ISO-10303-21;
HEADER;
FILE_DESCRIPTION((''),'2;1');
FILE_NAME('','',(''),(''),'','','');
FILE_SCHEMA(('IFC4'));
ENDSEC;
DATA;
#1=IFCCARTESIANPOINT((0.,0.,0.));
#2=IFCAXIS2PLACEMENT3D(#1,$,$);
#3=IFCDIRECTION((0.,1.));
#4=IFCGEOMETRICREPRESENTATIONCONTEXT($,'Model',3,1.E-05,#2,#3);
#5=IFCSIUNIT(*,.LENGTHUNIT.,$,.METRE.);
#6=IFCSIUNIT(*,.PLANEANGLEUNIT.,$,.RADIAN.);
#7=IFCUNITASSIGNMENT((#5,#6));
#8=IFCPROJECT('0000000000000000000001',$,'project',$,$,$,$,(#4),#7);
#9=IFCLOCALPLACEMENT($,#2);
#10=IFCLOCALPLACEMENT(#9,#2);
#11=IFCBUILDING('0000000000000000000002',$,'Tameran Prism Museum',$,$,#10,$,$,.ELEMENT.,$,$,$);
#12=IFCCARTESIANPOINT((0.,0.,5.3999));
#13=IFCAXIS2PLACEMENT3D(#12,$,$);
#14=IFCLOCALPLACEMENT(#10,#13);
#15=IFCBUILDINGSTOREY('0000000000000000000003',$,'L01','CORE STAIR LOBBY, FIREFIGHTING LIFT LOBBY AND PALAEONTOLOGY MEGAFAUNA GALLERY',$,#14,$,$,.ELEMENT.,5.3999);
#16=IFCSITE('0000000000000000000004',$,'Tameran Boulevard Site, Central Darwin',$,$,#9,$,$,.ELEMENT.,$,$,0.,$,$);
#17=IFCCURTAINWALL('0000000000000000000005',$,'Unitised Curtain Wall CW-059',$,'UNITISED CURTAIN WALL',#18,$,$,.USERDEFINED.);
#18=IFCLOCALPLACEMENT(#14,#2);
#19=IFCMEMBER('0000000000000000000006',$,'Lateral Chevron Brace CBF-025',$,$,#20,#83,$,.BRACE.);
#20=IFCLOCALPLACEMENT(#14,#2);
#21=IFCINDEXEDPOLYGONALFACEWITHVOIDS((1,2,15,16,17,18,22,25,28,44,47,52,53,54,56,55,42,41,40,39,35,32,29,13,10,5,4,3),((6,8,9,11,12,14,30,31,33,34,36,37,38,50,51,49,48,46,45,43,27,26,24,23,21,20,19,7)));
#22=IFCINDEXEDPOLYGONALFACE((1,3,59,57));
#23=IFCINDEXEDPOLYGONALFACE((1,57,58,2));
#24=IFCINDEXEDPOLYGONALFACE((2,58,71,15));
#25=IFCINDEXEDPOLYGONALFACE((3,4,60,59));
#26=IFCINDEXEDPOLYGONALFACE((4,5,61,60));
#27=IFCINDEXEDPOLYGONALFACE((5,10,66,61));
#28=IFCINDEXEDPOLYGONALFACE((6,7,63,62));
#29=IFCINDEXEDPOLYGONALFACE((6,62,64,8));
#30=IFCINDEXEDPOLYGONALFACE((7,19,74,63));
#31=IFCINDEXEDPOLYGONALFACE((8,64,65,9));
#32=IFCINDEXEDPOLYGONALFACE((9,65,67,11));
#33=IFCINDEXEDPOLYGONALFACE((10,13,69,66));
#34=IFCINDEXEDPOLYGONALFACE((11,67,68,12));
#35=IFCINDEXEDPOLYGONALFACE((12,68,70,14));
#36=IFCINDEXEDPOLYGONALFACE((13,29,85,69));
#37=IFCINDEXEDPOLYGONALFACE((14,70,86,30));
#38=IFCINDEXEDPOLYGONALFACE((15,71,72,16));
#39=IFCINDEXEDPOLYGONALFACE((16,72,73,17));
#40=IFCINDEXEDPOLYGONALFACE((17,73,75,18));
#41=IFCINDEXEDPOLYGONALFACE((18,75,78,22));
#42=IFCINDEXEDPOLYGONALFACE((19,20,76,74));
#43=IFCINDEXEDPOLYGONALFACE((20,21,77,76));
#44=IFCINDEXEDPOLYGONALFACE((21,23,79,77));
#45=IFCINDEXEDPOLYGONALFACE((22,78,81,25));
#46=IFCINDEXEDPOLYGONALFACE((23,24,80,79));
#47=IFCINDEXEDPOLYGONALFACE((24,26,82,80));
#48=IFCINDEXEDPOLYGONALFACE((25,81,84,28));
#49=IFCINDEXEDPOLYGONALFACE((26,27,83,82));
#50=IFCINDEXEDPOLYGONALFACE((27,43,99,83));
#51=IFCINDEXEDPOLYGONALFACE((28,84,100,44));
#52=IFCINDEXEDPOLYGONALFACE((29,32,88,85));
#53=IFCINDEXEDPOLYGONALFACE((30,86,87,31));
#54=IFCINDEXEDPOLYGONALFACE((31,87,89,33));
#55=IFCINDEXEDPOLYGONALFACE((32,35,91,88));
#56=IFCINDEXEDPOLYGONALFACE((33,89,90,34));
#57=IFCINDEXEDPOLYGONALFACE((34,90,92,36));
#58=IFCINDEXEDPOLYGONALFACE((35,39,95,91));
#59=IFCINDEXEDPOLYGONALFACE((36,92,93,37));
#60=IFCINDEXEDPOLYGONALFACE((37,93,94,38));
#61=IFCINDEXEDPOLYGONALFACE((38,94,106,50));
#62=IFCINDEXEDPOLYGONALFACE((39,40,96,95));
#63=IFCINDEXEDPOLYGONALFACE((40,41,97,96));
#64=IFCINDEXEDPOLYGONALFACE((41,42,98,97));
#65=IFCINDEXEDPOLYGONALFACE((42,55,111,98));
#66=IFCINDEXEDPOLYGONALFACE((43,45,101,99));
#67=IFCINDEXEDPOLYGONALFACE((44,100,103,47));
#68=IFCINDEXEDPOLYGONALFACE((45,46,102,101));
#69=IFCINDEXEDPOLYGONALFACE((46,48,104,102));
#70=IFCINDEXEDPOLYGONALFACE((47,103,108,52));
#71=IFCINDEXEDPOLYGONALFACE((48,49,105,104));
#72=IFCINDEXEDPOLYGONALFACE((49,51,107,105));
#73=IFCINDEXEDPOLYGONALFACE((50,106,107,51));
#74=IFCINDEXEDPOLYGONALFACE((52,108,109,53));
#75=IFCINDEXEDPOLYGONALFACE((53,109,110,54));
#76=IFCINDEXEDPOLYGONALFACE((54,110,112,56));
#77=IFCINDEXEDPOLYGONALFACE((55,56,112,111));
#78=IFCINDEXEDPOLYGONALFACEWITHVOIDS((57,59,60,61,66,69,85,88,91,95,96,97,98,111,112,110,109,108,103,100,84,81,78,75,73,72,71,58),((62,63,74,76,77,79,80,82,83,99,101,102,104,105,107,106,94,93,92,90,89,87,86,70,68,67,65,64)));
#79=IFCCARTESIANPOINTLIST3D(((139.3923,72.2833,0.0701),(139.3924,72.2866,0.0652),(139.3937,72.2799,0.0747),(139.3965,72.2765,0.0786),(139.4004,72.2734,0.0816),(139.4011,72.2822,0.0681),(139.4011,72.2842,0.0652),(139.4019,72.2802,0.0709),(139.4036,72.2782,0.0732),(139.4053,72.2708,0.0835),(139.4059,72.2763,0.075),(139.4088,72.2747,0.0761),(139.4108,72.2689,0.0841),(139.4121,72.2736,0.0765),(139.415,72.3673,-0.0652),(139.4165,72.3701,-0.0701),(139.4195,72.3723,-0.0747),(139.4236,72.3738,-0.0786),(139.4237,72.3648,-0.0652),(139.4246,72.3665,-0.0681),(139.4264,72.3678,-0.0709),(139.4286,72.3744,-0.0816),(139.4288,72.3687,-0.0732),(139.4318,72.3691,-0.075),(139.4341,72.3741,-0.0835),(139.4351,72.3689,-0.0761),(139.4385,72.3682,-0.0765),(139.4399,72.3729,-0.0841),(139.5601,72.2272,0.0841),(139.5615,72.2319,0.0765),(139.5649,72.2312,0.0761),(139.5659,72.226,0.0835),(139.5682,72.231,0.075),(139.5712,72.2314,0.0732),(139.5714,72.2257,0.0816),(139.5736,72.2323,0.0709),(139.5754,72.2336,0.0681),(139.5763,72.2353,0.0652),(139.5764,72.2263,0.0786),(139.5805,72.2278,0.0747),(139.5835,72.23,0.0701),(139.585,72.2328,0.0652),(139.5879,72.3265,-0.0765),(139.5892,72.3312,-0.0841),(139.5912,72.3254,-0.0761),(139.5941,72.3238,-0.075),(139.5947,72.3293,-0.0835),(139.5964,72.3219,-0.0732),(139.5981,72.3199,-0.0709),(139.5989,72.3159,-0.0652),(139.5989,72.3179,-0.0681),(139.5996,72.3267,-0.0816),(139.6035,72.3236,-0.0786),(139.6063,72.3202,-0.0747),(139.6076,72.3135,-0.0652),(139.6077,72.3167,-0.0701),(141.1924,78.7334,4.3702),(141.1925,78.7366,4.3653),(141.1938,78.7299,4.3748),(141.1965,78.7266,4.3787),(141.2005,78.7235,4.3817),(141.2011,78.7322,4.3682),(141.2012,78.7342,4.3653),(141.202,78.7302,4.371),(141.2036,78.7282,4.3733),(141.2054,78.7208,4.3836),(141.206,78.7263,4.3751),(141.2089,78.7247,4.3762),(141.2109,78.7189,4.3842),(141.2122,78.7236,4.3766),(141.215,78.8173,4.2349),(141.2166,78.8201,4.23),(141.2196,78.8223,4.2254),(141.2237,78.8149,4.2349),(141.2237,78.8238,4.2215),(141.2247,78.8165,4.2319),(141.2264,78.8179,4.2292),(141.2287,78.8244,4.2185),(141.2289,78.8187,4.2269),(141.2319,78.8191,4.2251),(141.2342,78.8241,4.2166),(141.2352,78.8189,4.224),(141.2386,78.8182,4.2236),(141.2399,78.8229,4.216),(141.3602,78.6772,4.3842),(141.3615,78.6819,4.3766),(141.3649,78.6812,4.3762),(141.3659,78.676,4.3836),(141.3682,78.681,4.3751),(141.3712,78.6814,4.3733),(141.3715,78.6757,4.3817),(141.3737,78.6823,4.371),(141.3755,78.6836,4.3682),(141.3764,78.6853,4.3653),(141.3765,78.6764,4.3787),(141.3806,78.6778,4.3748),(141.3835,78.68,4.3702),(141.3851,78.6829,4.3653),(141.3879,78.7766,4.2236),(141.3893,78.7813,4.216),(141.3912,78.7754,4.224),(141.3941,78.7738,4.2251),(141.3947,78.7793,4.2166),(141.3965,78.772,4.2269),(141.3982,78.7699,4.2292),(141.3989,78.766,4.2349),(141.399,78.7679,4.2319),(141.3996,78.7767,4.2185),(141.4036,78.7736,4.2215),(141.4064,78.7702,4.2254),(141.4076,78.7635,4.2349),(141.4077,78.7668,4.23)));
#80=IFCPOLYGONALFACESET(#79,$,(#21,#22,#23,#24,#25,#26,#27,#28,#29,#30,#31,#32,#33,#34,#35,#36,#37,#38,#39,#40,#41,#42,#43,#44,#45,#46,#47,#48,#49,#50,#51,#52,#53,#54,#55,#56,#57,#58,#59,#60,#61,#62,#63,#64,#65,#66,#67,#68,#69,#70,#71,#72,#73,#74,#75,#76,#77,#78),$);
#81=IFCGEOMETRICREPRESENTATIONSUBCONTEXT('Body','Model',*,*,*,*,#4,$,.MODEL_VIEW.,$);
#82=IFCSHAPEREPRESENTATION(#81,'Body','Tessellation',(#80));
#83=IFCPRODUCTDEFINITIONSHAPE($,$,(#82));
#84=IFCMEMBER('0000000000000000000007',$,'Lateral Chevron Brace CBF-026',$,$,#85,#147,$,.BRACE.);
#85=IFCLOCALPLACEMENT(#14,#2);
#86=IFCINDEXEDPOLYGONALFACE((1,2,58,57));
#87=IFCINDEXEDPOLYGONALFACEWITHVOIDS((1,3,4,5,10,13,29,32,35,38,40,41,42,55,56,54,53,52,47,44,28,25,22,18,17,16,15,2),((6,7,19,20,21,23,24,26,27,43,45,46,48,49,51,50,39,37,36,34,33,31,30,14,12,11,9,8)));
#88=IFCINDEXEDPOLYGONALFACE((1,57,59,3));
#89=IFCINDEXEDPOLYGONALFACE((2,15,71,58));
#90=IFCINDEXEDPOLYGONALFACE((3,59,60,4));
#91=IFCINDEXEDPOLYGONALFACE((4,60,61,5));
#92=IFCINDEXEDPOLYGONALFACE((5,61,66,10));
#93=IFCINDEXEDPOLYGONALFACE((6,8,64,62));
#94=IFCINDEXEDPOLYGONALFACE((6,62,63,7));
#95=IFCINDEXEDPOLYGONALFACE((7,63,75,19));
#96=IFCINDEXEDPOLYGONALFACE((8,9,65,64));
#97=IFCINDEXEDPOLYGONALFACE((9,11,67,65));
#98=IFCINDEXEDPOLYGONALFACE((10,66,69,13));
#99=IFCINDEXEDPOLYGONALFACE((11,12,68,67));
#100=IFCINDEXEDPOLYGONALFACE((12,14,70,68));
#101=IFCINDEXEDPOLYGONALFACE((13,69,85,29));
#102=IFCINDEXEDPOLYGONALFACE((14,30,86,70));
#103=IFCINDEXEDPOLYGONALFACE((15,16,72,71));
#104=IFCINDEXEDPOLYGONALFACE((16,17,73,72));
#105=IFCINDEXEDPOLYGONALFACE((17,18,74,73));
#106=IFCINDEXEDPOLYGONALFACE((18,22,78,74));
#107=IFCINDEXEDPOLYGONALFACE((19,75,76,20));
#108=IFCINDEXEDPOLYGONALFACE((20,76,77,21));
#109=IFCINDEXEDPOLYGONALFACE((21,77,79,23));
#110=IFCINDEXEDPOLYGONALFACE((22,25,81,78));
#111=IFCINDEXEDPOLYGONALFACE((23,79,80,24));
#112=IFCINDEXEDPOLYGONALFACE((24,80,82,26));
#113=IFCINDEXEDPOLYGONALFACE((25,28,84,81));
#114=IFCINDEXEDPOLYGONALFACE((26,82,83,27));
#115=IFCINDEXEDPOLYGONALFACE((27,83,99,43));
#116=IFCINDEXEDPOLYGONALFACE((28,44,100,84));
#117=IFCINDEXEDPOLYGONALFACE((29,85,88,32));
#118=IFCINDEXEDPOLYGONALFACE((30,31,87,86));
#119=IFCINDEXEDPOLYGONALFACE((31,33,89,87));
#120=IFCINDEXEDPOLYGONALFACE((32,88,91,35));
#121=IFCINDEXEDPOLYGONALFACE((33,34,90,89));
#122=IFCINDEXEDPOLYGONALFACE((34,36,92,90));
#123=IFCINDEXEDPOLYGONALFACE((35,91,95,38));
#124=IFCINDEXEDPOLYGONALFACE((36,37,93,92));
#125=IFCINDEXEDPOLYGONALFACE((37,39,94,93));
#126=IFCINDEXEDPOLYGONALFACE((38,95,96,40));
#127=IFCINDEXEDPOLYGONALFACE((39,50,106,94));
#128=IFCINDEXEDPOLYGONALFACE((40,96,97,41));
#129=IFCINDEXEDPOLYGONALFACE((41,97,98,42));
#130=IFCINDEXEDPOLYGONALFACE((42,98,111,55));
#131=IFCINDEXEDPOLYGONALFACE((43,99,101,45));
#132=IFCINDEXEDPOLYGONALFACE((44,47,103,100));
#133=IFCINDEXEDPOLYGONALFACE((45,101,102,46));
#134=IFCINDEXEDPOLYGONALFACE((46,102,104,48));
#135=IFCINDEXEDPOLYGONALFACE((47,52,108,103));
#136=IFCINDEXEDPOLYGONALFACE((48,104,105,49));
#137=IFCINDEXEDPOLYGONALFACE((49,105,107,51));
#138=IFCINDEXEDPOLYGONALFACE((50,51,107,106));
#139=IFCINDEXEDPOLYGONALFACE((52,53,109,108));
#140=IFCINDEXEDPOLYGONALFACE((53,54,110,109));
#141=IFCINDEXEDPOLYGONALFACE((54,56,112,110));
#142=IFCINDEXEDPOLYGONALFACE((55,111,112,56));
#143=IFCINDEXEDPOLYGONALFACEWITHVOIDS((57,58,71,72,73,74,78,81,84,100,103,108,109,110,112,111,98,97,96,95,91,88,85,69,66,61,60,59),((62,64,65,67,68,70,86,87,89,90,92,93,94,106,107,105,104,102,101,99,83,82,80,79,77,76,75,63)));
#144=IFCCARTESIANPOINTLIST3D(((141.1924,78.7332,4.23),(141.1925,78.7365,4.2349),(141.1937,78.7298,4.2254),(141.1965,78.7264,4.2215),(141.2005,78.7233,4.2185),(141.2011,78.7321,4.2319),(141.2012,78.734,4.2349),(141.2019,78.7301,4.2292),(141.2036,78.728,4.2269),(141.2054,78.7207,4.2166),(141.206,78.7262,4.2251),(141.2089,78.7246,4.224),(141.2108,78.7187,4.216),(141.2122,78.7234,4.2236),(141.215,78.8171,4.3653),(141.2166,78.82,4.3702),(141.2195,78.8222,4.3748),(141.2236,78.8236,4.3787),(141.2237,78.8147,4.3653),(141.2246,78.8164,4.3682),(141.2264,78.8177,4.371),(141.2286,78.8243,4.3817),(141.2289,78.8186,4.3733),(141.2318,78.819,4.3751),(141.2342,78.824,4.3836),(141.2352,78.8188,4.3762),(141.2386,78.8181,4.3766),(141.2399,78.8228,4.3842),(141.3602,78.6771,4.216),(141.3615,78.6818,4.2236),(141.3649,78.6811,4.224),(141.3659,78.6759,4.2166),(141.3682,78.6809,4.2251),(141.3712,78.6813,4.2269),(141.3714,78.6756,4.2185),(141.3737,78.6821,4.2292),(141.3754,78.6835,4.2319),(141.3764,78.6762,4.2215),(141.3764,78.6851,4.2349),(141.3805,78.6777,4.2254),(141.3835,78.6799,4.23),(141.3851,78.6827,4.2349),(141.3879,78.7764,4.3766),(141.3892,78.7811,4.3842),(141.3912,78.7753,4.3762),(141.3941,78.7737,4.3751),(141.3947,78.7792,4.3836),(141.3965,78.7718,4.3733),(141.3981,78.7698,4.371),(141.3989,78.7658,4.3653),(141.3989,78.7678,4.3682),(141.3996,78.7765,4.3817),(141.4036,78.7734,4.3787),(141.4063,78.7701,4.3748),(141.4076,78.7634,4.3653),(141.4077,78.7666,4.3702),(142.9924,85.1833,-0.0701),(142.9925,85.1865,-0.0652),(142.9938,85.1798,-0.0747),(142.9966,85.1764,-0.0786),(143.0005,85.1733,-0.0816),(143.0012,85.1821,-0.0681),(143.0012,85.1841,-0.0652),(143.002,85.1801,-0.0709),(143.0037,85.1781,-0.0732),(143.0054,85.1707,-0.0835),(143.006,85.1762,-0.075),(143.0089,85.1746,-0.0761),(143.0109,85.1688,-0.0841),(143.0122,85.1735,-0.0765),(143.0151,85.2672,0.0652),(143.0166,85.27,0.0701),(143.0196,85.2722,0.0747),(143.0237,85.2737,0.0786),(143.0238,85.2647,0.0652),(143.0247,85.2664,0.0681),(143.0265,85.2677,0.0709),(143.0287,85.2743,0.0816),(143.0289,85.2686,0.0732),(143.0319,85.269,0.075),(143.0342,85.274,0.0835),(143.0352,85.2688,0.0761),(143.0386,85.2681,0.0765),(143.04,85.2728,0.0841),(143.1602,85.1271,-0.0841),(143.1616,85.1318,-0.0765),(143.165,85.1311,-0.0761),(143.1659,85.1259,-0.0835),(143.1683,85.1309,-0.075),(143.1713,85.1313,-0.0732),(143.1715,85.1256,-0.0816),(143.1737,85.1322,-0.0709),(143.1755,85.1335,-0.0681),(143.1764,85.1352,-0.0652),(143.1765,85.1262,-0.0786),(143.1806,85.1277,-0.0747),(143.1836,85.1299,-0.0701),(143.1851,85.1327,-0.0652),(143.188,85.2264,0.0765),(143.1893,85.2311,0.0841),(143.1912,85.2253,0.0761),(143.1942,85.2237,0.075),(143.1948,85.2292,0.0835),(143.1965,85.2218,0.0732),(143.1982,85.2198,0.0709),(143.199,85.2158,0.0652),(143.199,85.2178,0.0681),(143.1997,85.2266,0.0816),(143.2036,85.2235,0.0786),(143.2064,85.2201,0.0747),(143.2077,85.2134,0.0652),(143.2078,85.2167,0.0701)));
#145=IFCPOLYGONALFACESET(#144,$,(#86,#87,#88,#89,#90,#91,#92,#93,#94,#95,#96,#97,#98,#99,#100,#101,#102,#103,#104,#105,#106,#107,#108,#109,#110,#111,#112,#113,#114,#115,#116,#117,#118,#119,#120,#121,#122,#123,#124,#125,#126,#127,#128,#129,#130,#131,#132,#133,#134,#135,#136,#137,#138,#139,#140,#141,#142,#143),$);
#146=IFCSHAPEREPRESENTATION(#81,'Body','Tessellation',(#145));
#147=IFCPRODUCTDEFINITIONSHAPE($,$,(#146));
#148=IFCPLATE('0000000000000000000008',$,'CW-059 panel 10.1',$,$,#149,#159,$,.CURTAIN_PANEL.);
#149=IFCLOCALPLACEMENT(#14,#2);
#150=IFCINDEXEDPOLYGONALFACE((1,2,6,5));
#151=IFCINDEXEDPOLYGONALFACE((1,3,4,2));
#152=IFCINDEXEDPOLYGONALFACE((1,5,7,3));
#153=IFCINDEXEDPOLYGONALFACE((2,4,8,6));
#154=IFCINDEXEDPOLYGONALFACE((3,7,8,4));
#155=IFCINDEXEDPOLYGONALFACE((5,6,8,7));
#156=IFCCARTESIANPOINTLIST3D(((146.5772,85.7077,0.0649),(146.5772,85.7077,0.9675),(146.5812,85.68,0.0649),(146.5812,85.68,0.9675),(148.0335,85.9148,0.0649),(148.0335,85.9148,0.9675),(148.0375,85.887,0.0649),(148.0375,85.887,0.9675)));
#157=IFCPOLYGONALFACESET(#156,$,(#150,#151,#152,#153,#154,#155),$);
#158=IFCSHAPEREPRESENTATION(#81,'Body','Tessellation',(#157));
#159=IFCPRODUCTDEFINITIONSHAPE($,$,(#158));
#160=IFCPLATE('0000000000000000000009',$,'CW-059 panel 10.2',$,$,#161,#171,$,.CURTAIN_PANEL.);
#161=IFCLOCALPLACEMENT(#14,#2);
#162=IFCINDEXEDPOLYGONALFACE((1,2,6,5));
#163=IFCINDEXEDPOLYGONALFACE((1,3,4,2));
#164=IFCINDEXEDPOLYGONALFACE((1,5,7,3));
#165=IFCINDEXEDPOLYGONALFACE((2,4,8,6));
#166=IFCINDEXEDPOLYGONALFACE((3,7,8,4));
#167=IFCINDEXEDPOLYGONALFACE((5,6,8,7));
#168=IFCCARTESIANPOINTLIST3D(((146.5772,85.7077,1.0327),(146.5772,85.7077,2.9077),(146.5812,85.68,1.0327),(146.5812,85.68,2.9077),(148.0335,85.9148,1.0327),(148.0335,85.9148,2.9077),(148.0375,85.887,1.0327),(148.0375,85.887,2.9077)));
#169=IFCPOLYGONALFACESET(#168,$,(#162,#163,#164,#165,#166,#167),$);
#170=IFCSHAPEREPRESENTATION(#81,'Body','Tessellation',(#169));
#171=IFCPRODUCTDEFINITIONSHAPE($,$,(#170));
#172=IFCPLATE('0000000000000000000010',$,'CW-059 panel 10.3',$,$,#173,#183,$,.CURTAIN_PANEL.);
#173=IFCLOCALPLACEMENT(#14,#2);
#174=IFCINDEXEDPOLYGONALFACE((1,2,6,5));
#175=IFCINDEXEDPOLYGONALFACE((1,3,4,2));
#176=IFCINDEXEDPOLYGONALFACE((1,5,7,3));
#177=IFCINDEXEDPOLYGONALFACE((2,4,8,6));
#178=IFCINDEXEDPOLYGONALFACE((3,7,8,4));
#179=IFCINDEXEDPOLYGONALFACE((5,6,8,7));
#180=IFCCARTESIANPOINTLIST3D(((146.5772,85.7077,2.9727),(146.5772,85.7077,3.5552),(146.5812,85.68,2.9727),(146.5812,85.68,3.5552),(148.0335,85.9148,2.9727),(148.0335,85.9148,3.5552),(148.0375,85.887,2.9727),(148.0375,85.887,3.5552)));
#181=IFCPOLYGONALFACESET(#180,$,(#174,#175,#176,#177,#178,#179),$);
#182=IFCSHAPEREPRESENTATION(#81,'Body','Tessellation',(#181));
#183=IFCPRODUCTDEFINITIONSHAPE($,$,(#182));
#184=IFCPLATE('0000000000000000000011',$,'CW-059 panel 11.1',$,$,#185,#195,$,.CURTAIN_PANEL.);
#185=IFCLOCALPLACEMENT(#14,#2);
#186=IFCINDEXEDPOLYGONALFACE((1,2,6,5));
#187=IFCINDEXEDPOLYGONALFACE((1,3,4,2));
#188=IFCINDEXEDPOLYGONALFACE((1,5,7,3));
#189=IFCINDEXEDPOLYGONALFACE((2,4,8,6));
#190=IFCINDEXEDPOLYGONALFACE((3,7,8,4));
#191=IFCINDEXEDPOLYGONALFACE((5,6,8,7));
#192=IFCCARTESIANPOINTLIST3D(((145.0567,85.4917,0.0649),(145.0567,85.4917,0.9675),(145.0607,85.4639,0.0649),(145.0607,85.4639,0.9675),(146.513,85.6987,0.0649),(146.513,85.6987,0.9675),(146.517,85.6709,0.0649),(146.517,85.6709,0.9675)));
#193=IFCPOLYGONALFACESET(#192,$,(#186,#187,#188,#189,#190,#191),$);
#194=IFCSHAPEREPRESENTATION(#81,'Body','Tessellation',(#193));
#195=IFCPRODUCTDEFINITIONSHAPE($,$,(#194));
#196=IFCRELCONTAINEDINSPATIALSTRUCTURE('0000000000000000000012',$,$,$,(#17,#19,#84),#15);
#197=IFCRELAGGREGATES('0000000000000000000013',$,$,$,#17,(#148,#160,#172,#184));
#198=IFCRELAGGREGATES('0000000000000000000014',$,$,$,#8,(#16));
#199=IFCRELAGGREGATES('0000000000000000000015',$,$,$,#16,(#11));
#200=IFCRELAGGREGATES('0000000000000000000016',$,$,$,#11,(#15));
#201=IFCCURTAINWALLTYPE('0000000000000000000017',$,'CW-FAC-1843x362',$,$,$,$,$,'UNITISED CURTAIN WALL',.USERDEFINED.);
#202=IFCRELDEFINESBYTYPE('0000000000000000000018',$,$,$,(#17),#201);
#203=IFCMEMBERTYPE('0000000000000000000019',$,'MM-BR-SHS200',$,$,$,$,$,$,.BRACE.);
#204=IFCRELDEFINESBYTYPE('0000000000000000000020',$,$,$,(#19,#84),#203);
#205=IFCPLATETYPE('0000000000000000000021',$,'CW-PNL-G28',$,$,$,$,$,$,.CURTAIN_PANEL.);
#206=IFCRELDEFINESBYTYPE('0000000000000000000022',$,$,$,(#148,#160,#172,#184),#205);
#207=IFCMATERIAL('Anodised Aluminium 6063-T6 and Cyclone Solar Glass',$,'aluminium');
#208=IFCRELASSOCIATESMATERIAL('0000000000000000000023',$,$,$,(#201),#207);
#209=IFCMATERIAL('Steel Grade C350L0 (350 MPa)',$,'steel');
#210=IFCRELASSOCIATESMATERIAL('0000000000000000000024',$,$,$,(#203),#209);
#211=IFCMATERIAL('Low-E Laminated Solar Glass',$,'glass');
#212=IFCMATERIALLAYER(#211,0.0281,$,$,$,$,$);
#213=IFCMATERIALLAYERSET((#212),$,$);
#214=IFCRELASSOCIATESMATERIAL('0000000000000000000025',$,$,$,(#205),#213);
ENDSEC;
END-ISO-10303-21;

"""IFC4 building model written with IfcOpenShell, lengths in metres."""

from ifc_helpers import new_model, si_unit, direction, frame, origin, origin_2d, place, context, subcontext, project, spatial, rectangle, hollow_rectangle, extrude, material, layer, layer_set, material_profile, profile_set, type_object, element, aggregate, save


model = new_model("IFC4")

# Units and contexts
model_context = context("Model", 3, precision=1e-05, world=origin(), true_north=direction((0.0, 1.0)))
body_context = subcontext(model_context, "Body", "Model", "MODEL_VIEW")
ifc_project = project(units=[si_unit("LENGTHUNIT", "METRE"), si_unit("PLANEANGLEUNIT", "RADIAN")], contexts=[model_context])

# Site, building, storey
site_placement = place(None, origin())
site = spatial("IfcSite", under=ifc_project, at=site_placement, Name="Tameran Boulevard Site, Central Darwin", CompositionType="ELEMENT", RefElevation=0.0)
building_placement = place(site_placement, origin())
building = spatial("IfcBuilding", under=site, at=building_placement, Name="Tameran Prism Museum", CompositionType="ELEMENT")
storey_placement = place(building_placement, frame((0.0, 0.0, 5.3999)))
storey = spatial("IfcBuildingStorey", under=building, at=storey_placement, Name="L01", Description="CORE STAIR LOBBY, FIREFIGHTING LIFT LOBBY AND PALAEONTOLOGY MEGAFAUNA GALLERY", CompositionType="ELEMENT", Elevation=5.3999)

# Curtain wall
ifc_material_1 = material(Name="Anodised Aluminium 6063-T6 and Cyclone Solar Glass", Category="aluminium")
curtain_wall_type = type_object("IfcCurtainWallType", Name="CW-FAC-1843x362", ElementType="UNITISED CURTAIN WALL", PredefinedType="USERDEFINED", material=ifc_material_1)
curtain_wall_placement = place(storey_placement, origin())
curtain_wall = element("IfcCurtainWall", 1, at=curtain_wall_placement, inside=storey, type_object=curtain_wall_type, Name="Unitised Curtain Wall CW-059", ObjectType="UNITISED CURTAIN WALL", PredefinedType="USERDEFINED")

# Members
ifc_material_2 = material(Name="Steel Grade C350L0 (350 MPa)", Category="steel")
ifc_material_profile_1 = material_profile(ifc_material_2, hollow_rectangle(XDim=0.2, YDim=0.2, WallThickness=0.009, InnerFilletRadius=0.0134, OuterFilletRadius=0.0225, at=origin_2d()))
ifc_profile_set_1 = profile_set([ifc_material_profile_1])
member_type_1 = type_object("IfcMemberType", Name="MM-BR-SHS200", PredefinedType="BRACE", material=ifc_profile_set_1)
for number, where, z_axis, x_axis, name in (
    (2, (139.5, 72.3, 0.0), (0.226189, 0.810482, 0.540331), (-0.963194, 0.268808, 0.0), "Lateral Chevron Brace CBF-025"),
    (3, (143.1001, 85.2, 0.0), (-0.226189, -0.810482, 0.540331), (0.963194, -0.268808, 0.0), "Lateral Chevron Brace CBF-026"),
):
    element("IfcMember", number, at=place(storey_placement, frame(where, z_axis=z_axis, x_axis=x_axis)), inside=storey, type_object=member_type_1, Name=name, PredefinedType="BRACE", context=body_context, shape_type="SweptSolid", body=[
        extrude(hollow_rectangle(XDim=0.2, YDim=0.2, WallThickness=0.009, InnerFilletRadius=0.0134, OuterFilletRadius=0.0225, at=origin_2d()), origin(), (0.0, 0.0, 1.0), 7.9583),
    ])

# Plates
ifc_material_3 = material(Name="Low-E Laminated Solar Glass", Category="glass")
ifc_layer_1 = layer(ifc_material_3, 0.0281)
ifc_layer_set_1 = layer_set([ifc_layer_1])
plate_type = type_object("IfcPlateType", Name="CW-PNL-G28", PredefinedType="CURTAIN_PANEL", material=ifc_layer_set_1)
plate_1_placement = place(storey_placement, frame((147.3074, 85.7974, 0.0649), z_axis=(0.0, 0.0, 1.0), x_axis=(-0.990046, -0.140745, 0.0)))
plate_1 = element("IfcPlate", 4, at=plate_1_placement, type_object=plate_type, Name="CW-059 panel 10.1", PredefinedType="CURTAIN_PANEL", context=body_context, shape_type="SweptSolid", body=[
    extrude(rectangle(XDim=1.4709, YDim=0.0281, at=origin_2d()), origin(), (0.0, 0.0, 1.0), 0.9026),
])
plate_2_placement = place(storey_placement, frame((147.3074, 85.7974, 1.0327), z_axis=(0.0, 0.0, 1.0), x_axis=(-0.990046, -0.140745, 0.0)))
plate_2 = element("IfcPlate", 5, at=plate_2_placement, type_object=plate_type, Name="CW-059 panel 10.2", PredefinedType="CURTAIN_PANEL", context=body_context, shape_type="SweptSolid", body=[
    extrude(rectangle(XDim=1.4709, YDim=0.0281, at=origin_2d()), origin(), (0.0, 0.0, 1.0), 1.875),
])
plate_3_placement = place(storey_placement, frame((147.3074, 85.7974, 2.9727), z_axis=(0.0, 0.0, 1.0), x_axis=(-0.990046, -0.140745, 0.0)))
plate_3 = element("IfcPlate", 6, at=plate_3_placement, type_object=plate_type, Name="CW-059 panel 10.3", PredefinedType="CURTAIN_PANEL", context=body_context, shape_type="SweptSolid", body=[
    extrude(rectangle(XDim=1.4709, YDim=0.0281, at=origin_2d()), origin(), (0.0, 0.0, 1.0), 0.5825),
])
plate_4_placement = place(storey_placement, frame((145.7869, 85.5813, 0.0649), z_axis=(0.0, 0.0, 1.0), x_axis=(-0.990046, -0.140745, 0.0)))
plate_4 = element("IfcPlate", 7, at=plate_4_placement, type_object=plate_type, Name="CW-059 panel 11.1", PredefinedType="CURTAIN_PANEL", context=body_context, shape_type="SweptSolid", body=[
    extrude(rectangle(XDim=1.4709, YDim=0.0281, at=origin_2d()), origin(), (0.0, 0.0, 1.0), 0.9026),
])
aggregate(curtain_wall, [plate_1, plate_2, plate_3, plate_4])

save(model, "model.ifc")
